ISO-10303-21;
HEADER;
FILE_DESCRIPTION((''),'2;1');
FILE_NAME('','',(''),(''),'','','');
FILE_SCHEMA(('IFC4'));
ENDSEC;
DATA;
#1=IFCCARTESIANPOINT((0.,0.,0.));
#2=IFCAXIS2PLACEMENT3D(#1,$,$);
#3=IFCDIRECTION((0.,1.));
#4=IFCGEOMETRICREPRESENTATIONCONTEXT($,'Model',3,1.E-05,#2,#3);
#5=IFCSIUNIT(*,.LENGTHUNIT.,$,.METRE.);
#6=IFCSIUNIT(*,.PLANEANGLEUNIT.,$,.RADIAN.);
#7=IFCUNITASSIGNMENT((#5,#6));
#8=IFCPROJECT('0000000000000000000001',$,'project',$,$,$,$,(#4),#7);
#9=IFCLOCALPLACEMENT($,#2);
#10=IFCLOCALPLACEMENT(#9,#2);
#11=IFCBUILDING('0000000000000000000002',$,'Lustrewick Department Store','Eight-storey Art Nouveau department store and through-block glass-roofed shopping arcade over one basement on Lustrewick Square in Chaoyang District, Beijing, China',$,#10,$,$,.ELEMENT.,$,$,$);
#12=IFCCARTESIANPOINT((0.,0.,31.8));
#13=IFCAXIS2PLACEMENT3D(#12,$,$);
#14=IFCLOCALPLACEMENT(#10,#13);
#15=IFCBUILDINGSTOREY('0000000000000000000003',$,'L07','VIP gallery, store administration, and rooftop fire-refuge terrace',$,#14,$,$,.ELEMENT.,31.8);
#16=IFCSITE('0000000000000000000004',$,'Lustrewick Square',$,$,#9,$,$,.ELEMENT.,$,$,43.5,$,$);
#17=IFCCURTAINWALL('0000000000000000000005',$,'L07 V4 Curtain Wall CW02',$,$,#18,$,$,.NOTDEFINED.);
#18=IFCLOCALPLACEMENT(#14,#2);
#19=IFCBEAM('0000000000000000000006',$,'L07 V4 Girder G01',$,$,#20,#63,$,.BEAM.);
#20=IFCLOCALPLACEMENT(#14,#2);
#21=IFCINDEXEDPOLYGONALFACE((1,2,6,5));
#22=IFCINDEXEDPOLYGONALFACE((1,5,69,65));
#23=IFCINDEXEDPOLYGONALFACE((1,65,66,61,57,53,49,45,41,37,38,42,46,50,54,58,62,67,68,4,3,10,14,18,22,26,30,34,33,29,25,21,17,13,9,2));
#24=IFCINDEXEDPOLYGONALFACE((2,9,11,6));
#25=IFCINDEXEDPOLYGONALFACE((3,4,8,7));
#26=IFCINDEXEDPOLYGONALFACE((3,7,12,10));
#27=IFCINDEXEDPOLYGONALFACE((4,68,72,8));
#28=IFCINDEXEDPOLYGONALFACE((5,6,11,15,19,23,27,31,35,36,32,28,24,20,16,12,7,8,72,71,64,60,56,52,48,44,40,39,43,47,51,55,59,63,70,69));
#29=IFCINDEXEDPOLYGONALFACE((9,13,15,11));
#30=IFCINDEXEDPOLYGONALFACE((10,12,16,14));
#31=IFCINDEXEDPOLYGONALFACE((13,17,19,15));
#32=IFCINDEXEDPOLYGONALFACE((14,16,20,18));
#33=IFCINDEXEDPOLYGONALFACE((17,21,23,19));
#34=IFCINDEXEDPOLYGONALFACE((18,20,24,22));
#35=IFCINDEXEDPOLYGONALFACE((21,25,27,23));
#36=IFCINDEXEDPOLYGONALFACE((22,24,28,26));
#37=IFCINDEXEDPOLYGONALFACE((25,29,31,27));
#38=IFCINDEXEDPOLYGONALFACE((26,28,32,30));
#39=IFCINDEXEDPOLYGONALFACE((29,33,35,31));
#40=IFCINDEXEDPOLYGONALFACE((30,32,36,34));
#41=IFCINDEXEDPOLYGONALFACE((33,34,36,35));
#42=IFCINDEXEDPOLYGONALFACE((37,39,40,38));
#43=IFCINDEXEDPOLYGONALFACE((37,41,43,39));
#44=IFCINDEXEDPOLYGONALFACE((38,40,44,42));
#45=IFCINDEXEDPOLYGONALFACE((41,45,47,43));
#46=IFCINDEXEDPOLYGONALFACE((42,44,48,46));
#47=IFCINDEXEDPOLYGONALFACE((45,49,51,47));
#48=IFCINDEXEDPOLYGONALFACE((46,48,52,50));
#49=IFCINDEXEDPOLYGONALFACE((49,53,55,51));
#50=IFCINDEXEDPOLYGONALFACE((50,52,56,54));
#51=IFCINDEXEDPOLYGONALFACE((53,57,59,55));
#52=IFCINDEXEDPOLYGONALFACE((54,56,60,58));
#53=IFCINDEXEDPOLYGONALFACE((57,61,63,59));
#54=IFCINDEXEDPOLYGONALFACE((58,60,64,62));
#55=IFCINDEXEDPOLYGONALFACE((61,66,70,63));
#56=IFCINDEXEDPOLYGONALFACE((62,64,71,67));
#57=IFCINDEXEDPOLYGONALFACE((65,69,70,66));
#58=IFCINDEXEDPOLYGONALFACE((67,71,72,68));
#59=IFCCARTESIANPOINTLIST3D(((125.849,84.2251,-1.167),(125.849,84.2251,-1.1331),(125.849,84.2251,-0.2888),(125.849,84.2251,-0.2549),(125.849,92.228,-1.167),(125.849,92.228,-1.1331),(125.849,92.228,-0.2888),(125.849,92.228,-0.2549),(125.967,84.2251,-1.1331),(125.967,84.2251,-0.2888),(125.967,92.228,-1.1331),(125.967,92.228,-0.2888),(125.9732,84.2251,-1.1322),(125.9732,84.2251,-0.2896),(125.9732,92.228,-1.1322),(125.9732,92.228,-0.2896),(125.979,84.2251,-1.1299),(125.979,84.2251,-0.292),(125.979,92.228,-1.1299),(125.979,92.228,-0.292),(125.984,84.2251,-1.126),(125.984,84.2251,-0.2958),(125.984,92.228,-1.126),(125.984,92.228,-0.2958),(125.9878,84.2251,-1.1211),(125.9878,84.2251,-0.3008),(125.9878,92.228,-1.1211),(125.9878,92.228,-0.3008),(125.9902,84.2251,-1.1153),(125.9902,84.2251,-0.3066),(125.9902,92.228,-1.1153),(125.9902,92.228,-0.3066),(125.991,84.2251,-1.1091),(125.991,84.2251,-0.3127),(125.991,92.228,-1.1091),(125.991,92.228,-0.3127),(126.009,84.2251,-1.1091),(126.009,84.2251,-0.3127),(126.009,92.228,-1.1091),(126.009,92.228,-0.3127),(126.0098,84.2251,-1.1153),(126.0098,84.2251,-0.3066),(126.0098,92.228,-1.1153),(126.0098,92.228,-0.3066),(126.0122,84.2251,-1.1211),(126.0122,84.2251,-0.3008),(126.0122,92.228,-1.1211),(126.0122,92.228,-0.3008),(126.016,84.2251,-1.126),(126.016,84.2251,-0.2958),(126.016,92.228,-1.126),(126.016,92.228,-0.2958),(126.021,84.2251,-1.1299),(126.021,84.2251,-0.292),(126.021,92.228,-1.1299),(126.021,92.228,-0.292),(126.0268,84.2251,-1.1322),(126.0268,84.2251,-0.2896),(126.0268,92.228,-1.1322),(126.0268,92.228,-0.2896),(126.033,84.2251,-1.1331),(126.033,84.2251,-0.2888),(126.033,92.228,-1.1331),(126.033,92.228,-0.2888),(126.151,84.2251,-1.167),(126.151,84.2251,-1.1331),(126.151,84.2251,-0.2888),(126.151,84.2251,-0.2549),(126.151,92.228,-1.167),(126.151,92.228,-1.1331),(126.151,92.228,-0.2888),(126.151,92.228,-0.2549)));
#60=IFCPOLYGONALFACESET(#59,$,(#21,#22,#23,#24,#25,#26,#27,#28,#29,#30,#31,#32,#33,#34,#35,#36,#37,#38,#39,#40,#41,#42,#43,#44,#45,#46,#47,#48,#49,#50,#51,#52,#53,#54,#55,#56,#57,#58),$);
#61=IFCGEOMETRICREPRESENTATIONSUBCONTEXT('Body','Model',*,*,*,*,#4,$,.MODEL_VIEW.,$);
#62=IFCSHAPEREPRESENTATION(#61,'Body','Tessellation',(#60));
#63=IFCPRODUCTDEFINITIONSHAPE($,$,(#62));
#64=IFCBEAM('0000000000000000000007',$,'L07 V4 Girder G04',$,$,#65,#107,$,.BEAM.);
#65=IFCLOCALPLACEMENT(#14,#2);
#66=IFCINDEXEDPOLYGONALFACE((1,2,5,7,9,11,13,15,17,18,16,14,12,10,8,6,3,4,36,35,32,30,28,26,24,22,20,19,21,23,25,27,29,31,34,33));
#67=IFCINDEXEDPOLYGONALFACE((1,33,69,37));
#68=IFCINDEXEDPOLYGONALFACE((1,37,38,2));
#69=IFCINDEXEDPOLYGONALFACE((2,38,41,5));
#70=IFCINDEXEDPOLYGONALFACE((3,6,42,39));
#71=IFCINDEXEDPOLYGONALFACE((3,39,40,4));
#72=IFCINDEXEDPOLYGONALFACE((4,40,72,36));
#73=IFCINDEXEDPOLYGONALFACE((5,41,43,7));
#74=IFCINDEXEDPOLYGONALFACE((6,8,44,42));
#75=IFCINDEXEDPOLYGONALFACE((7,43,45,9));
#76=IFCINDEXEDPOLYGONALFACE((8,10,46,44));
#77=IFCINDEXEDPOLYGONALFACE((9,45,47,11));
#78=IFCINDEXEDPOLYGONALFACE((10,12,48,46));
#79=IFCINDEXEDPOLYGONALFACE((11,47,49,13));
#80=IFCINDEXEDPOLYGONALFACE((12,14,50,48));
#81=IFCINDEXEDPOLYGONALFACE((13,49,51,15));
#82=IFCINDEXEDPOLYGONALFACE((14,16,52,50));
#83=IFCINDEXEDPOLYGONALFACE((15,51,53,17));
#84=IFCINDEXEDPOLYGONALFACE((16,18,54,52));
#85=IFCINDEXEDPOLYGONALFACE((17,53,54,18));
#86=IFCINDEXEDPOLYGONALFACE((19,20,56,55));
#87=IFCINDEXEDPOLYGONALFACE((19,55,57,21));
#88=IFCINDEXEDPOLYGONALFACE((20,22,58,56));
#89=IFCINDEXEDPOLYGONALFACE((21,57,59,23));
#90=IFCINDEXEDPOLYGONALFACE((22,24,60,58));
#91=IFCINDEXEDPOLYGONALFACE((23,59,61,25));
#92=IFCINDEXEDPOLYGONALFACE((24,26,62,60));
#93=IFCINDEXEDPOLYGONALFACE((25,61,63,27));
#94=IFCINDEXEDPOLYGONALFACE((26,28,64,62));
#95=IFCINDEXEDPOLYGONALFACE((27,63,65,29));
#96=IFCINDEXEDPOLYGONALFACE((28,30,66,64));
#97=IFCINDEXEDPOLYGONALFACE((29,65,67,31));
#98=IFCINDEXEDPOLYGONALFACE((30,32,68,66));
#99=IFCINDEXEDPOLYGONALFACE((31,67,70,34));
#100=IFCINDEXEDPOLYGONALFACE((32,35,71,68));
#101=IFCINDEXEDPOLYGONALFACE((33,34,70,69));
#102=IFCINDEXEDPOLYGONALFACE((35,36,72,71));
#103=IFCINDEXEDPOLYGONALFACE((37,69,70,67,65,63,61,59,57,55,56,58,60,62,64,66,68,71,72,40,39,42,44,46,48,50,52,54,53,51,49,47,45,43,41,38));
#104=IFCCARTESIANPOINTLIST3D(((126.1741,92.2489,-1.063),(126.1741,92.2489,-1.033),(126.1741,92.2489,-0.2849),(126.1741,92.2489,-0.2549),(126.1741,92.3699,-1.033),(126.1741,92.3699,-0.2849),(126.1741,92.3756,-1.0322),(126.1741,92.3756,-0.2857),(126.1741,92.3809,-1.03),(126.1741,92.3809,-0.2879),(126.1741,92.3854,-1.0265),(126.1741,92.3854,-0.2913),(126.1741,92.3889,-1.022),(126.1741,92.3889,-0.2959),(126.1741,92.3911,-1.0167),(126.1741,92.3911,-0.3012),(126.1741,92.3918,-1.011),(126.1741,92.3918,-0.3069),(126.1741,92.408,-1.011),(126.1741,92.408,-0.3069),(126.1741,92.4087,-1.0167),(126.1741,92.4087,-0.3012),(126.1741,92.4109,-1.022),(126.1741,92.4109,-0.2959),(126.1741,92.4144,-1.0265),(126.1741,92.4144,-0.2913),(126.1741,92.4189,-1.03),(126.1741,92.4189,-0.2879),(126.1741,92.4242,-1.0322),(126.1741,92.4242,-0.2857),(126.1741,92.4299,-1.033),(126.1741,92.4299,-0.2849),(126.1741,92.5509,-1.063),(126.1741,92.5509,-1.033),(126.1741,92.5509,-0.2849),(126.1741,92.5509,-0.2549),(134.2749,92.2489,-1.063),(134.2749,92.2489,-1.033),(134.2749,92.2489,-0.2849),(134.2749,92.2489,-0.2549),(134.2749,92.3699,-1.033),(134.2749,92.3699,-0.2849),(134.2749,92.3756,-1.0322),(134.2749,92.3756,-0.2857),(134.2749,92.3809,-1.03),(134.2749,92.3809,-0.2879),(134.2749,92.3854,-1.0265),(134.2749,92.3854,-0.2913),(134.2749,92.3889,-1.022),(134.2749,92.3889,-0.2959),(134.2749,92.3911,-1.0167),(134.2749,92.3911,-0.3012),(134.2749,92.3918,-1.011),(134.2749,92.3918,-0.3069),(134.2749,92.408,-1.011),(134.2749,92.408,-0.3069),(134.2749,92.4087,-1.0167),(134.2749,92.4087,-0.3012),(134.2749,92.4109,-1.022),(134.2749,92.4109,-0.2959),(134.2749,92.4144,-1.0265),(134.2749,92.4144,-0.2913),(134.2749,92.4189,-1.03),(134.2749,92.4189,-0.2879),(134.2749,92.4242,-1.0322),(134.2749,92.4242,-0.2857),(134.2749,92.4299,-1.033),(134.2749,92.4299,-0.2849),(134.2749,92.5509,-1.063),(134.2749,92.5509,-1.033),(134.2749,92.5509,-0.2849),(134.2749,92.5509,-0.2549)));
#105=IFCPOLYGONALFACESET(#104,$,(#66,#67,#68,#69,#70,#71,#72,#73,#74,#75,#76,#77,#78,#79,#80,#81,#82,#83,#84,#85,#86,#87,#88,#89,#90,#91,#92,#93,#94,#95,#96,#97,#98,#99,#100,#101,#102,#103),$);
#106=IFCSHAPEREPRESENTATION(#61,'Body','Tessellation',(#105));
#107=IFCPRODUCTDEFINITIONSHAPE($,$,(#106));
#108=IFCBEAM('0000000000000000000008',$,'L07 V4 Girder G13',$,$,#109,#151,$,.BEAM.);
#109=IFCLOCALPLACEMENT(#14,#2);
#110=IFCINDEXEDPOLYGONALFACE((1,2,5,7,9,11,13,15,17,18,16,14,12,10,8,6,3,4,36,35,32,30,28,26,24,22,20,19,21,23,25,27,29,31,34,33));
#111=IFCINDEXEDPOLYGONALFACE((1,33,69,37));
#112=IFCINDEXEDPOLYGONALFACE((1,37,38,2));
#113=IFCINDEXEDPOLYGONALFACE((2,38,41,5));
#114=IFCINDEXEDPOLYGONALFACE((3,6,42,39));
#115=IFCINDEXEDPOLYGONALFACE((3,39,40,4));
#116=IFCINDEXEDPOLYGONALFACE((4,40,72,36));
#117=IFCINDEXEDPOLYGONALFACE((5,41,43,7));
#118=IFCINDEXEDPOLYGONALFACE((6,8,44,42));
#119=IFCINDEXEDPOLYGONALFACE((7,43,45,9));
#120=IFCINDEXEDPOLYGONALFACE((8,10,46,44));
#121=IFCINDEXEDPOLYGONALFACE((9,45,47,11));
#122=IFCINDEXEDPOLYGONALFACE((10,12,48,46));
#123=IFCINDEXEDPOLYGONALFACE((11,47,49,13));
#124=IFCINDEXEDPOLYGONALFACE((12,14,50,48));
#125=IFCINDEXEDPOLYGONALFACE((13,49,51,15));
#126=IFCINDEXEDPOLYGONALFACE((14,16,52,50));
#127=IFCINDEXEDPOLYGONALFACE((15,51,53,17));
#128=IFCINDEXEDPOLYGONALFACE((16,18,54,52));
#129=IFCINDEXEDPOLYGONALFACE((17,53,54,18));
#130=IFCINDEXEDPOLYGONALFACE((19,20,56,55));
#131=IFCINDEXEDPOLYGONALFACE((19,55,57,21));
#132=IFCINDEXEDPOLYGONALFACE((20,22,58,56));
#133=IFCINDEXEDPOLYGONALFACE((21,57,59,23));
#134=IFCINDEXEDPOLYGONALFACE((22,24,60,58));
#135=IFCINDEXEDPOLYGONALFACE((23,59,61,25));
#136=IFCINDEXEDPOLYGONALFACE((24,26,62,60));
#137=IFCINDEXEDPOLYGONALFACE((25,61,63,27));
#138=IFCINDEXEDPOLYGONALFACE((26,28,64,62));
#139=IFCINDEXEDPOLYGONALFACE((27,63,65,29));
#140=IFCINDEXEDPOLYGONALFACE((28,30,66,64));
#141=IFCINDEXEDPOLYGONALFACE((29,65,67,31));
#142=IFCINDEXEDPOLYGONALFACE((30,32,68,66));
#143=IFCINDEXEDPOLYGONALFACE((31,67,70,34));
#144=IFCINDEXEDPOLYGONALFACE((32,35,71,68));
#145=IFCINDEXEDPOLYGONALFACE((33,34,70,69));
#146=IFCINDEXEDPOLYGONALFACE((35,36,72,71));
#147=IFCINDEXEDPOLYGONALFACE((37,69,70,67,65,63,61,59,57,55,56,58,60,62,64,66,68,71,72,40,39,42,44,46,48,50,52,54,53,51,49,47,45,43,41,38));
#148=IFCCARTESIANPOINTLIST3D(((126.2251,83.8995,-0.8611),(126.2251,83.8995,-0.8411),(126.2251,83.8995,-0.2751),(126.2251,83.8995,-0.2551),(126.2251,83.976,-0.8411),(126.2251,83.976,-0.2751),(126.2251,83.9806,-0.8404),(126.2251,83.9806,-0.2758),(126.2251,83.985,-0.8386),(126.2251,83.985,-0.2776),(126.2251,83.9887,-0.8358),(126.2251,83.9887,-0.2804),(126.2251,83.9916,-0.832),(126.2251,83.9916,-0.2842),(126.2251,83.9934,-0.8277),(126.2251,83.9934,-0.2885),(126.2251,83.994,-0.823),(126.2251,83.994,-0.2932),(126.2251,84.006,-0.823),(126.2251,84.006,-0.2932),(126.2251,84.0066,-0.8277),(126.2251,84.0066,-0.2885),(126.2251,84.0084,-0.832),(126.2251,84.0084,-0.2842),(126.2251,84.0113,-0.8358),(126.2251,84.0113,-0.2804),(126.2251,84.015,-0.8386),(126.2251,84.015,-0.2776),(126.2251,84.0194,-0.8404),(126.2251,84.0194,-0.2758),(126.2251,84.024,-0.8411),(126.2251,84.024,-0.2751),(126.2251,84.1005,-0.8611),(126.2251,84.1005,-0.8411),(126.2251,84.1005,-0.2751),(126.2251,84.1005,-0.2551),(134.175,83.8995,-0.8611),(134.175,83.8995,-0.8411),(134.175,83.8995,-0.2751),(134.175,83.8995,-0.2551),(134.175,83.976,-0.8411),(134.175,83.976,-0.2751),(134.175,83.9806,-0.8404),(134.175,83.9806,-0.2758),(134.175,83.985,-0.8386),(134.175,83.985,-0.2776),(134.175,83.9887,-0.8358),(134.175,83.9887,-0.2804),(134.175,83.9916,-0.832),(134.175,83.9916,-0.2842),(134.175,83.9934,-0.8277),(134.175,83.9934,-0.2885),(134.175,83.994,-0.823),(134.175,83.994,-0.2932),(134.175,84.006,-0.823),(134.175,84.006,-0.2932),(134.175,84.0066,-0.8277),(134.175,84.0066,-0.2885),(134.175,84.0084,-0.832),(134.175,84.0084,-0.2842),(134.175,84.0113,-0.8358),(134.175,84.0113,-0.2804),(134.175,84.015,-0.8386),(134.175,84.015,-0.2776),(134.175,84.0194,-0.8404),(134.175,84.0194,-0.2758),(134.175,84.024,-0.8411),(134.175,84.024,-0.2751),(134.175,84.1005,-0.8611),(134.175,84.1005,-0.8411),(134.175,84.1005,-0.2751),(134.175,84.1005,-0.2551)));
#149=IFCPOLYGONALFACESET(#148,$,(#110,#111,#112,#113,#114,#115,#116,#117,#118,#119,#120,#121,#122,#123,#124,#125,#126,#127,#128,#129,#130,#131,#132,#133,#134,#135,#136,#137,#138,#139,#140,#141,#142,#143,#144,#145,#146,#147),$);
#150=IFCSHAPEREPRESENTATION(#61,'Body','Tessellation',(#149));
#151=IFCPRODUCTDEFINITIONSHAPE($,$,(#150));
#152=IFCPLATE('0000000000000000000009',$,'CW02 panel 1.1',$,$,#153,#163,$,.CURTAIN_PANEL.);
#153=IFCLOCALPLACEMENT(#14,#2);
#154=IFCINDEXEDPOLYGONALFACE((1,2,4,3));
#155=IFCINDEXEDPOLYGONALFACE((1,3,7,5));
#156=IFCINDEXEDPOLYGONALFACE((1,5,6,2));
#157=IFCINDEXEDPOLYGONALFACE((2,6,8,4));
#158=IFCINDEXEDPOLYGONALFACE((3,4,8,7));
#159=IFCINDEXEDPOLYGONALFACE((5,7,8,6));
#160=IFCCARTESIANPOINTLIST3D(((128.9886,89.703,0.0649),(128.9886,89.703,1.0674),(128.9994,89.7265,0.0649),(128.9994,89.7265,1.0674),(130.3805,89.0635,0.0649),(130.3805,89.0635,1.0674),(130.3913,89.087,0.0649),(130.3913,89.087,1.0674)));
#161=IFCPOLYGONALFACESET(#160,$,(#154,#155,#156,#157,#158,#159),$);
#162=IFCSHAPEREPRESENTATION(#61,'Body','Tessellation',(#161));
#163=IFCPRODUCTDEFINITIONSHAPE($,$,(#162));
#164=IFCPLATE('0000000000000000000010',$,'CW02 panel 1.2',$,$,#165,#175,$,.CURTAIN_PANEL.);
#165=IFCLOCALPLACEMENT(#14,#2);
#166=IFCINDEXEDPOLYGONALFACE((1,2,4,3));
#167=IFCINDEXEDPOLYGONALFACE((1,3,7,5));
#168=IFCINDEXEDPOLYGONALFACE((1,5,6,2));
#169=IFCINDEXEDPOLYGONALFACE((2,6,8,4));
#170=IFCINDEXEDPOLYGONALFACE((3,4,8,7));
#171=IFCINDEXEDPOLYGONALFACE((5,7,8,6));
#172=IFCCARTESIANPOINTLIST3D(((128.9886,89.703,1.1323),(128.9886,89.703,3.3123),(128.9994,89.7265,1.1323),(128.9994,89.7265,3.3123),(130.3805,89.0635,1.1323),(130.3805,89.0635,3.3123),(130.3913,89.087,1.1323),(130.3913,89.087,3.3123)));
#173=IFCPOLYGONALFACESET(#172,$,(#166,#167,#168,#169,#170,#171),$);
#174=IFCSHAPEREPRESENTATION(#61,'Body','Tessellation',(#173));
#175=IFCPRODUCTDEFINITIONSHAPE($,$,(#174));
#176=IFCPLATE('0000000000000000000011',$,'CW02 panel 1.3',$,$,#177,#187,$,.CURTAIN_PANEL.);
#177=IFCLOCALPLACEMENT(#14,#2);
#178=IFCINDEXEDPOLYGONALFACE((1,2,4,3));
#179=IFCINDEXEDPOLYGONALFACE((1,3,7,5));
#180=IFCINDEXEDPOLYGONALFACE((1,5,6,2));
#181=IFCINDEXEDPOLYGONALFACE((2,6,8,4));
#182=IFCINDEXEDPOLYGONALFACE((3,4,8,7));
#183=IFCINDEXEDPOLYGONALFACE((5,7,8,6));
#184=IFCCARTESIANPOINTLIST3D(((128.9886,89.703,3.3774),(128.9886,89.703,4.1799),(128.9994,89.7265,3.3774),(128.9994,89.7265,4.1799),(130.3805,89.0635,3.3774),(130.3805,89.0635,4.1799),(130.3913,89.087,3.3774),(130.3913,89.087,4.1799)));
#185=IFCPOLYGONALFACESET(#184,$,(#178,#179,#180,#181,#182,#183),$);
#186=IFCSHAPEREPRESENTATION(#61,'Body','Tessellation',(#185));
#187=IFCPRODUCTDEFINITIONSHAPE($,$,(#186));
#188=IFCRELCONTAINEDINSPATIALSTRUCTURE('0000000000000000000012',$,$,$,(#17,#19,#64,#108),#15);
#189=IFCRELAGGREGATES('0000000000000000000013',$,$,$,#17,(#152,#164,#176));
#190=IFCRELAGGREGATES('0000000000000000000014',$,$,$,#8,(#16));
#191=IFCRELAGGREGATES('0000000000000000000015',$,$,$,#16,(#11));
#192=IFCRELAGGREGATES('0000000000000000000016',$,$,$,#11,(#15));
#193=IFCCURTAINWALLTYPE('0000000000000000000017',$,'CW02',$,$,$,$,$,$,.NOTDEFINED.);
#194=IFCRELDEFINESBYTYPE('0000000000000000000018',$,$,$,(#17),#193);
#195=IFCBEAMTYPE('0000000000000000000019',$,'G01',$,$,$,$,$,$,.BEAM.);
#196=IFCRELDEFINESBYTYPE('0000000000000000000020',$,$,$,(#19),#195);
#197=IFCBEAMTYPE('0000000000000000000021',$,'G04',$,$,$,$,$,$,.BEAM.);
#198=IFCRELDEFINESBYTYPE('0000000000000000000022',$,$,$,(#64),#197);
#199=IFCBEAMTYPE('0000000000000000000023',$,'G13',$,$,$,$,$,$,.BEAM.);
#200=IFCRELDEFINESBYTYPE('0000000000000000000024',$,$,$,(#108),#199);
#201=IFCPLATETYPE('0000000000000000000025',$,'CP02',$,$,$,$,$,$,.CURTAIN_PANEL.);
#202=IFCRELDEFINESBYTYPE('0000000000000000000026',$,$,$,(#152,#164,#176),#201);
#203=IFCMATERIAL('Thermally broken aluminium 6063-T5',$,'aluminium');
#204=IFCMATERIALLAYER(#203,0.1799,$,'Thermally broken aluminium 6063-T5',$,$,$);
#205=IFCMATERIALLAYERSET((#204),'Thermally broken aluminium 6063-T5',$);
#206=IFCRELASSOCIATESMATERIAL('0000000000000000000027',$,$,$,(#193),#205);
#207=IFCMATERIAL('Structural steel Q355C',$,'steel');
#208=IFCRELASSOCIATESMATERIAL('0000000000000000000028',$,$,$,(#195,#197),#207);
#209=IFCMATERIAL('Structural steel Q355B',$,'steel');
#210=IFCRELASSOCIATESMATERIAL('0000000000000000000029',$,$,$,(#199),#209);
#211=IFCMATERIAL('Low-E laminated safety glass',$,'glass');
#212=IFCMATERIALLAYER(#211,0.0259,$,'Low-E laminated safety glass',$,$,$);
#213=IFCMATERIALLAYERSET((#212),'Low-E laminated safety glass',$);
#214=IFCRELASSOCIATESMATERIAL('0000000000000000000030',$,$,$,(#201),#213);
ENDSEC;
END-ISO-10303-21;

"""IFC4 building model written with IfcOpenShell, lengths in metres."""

from ifc_helpers import new_model, si_unit, direction, frame, origin, origin_2d, place, context, subcontext, project, spatial, rectangle, i_section, extrude, material, layer, layer_set, material_profile, profile_set, type_object, element, aggregate, save


model = new_model("IFC4")

# Units and contexts
model_context = context("Model", 3, precision=1e-05, world=origin(), true_north=direction((0.0, 1.0)))
body_context = subcontext(model_context, "Body", "Model", "MODEL_VIEW")
ifc_project = project(units=[si_unit("LENGTHUNIT", "METRE"), si_unit("PLANEANGLEUNIT", "RADIAN")], contexts=[model_context])

# Site, building, storey
site_placement = place(None, origin())
site = spatial("IfcSite", under=ifc_project, at=site_placement, Name="Lustrewick Square", CompositionType="ELEMENT", RefElevation=43.5)
building_placement = place(site_placement, origin())
building = spatial("IfcBuilding", under=site, at=building_placement, Name="Lustrewick Department Store", Description="Eight-storey Art Nouveau department store and through-block glass-roofed shopping arcade over one basement on Lustrewick Square in Chaoyang District, Beijing, China", CompositionType="ELEMENT")
storey_placement = place(building_placement, frame((0.0, 0.0, 31.8)))
storey = spatial("IfcBuildingStorey", under=building, at=storey_placement, Name="L07", Description="VIP gallery, store administration, and rooftop fire-refuge terrace", CompositionType="ELEMENT", Elevation=31.8)

# Shared definitions
ifc_material_1 = material(Name="Structural steel Q355B", Category="steel")

# Curtain wall
ifc_material_2 = material(Name="Thermally broken aluminium 6063-T5", Category="aluminium")
ifc_layer_1 = layer(ifc_material_2, 0.1799, Name="Thermally broken aluminium 6063-T5")
ifc_layer_set_1 = layer_set([ifc_layer_1], Name="Thermally broken aluminium 6063-T5")
curtain_wall_type_1 = type_object("IfcCurtainWallType", Name="CW02", PredefinedType="NOTDEFINED", material=ifc_layer_set_1)
curtain_wall_1_placement = place(storey_placement, origin())
curtain_wall_1 = element("IfcCurtainWall", 1, at=curtain_wall_1_placement, inside=storey, type_object=curtain_wall_type_1, Name="L07 V4 Curtain Wall CW02", PredefinedType="NOTDEFINED")

# Beams
ifc_material_3 = material(Name="Structural steel Q355C", Category="steel")
ifc_material_profile_1 = material_profile(ifc_material_3, i_section(OverallWidth=0.302, OverallDepth=0.9121, WebThickness=0.0181, FlangeThickness=0.0339, FilletRadius=0.0239, at=origin_2d()), Name="HN 912x302x18x34")
ifc_profile_set_1 = profile_set([ifc_material_profile_1], Name="Structural steel Q355C")
beam_type_1 = type_object("IfcBeamType", Name="G01", PredefinedType="BEAM", material=ifc_profile_set_1)
beam_1_placement = place(storey_placement, frame((126.0, 84.2251, -0.7109), z_axis=(0.0, 1.0, 0.0), x_axis=(-1.0, 0.0, 0.0)))
element("IfcBeam", 2, at=beam_1_placement, inside=storey, type_object=beam_type_1, Name="L07 V4 Girder G01", PredefinedType="BEAM", context=body_context, shape_type="SweptSolid", body=[
    extrude(i_section(OverallWidth=0.302, OverallDepth=0.9121, WebThickness=0.0181, FlangeThickness=0.0339, FilletRadius=0.0239, at=origin_2d()), origin(), (0.0, 0.0, 1.0), 8.0029),
])
ifc_material_profile_2 = material_profile(ifc_material_3, i_section(OverallWidth=0.302, OverallDepth=0.8081, WebThickness=0.0161, FlangeThickness=0.03, FilletRadius=0.022, at=origin_2d()), Name="HN 808x302x16x30")
ifc_profile_set_2 = profile_set([ifc_material_profile_2], Name="Structural steel Q355C")
beam_type_2 = type_object("IfcBeamType", Name="G04", PredefinedType="BEAM", material=ifc_profile_set_2)
beam_2_placement = place(storey_placement, frame((126.1741, 92.3999, -0.6589), z_axis=(1.0, 0.0, 0.0), x_axis=(0.0, 1.0, 0.0)))
element("IfcBeam", 3, at=beam_2_placement, inside=storey, type_object=beam_type_2, Name="L07 V4 Girder G04", PredefinedType="BEAM", context=body_context, shape_type="SweptSolid", body=[
    extrude(i_section(OverallWidth=0.302, OverallDepth=0.8081, WebThickness=0.0161, FlangeThickness=0.03, FilletRadius=0.022, at=origin_2d()), origin(), (0.0, 0.0, 1.0), 8.1008),
])
ifc_material_profile_3 = material_profile(ifc_material_1, i_section(OverallWidth=0.2009, OverallDepth=0.606, WebThickness=0.012, FlangeThickness=0.02, FilletRadius=0.0181, at=origin_2d()), Name="HN 606x201x12x20")
ifc_profile_set_3 = profile_set([ifc_material_profile_3], Name="Structural steel Q355B")
beam_type_3 = type_object("IfcBeamType", Name="G13", PredefinedType="BEAM", material=ifc_profile_set_3)
beam_3_placement = place(storey_placement, frame((126.2251, 84.0, -0.5581), z_axis=(1.0, 0.0, 0.0), x_axis=(0.0, 1.0, 0.0)))
element("IfcBeam", 4, at=beam_3_placement, inside=storey, type_object=beam_type_3, Name="L07 V4 Girder G13", PredefinedType="BEAM", context=body_context, shape_type="SweptSolid", body=[
    extrude(i_section(OverallWidth=0.2009, OverallDepth=0.606, WebThickness=0.012, FlangeThickness=0.02, FilletRadius=0.0181, at=origin_2d()), origin(), (0.0, 0.0, 1.0), 7.95),
])

# Plates
ifc_material_4 = material(Name="Low-E laminated safety glass", Category="glass")
ifc_layer_2 = layer(ifc_material_4, 0.0259, Name="Low-E laminated safety glass")
ifc_layer_set_2 = layer_set([ifc_layer_2], Name="Low-E laminated safety glass")
plate_type = type_object("IfcPlateType", Name="CP02", PredefinedType="CURTAIN_PANEL", material=ifc_layer_set_2)
plate_1_placement = place(storey_placement, frame((129.6899, 89.395, 0.0649), z_axis=(0.0, 0.0, 1.0), x_axis=(-0.908673, 0.417508, 0.0)))
plate_1 = element("IfcPlate", 5, at=plate_1_placement, type_object=plate_type, Name="CW02 panel 1.1", PredefinedType="CURTAIN_PANEL", context=body_context, shape_type="SweptSolid", body=[
    extrude(rectangle(XDim=1.5317, YDim=0.0259, at=origin_2d()), origin(), (0.0, 0.0, 1.0), 1.0024),
])
plate_2_placement = place(storey_placement, frame((129.6899, 89.395, 1.1323), z_axis=(0.0, 0.0, 1.0), x_axis=(-0.908673, 0.417508, 0.0)))
plate_2 = element("IfcPlate", 6, at=plate_2_placement, type_object=plate_type, Name="CW02 panel 1.2", PredefinedType="CURTAIN_PANEL", context=body_context, shape_type="SweptSolid", body=[
    extrude(rectangle(XDim=1.5317, YDim=0.0259, at=origin_2d()), origin(), (0.0, 0.0, 1.0), 2.1799),
])
plate_3_placement = place(storey_placement, frame((129.6899, 89.395, 3.3774), z_axis=(0.0, 0.0, 1.0), x_axis=(-0.908673, 0.417508, 0.0)))
plate_3 = element("IfcPlate", 7, at=plate_3_placement, type_object=plate_type, Name="CW02 panel 1.3", PredefinedType="CURTAIN_PANEL", context=body_context, shape_type="SweptSolid", body=[
    extrude(rectangle(XDim=1.5317, YDim=0.0259, at=origin_2d()), origin(), (0.0, 0.0, 1.0), 0.8025),
])
aggregate(curtain_wall_1, [plate_1, plate_2, plate_3])

save(model, "model.ifc")
